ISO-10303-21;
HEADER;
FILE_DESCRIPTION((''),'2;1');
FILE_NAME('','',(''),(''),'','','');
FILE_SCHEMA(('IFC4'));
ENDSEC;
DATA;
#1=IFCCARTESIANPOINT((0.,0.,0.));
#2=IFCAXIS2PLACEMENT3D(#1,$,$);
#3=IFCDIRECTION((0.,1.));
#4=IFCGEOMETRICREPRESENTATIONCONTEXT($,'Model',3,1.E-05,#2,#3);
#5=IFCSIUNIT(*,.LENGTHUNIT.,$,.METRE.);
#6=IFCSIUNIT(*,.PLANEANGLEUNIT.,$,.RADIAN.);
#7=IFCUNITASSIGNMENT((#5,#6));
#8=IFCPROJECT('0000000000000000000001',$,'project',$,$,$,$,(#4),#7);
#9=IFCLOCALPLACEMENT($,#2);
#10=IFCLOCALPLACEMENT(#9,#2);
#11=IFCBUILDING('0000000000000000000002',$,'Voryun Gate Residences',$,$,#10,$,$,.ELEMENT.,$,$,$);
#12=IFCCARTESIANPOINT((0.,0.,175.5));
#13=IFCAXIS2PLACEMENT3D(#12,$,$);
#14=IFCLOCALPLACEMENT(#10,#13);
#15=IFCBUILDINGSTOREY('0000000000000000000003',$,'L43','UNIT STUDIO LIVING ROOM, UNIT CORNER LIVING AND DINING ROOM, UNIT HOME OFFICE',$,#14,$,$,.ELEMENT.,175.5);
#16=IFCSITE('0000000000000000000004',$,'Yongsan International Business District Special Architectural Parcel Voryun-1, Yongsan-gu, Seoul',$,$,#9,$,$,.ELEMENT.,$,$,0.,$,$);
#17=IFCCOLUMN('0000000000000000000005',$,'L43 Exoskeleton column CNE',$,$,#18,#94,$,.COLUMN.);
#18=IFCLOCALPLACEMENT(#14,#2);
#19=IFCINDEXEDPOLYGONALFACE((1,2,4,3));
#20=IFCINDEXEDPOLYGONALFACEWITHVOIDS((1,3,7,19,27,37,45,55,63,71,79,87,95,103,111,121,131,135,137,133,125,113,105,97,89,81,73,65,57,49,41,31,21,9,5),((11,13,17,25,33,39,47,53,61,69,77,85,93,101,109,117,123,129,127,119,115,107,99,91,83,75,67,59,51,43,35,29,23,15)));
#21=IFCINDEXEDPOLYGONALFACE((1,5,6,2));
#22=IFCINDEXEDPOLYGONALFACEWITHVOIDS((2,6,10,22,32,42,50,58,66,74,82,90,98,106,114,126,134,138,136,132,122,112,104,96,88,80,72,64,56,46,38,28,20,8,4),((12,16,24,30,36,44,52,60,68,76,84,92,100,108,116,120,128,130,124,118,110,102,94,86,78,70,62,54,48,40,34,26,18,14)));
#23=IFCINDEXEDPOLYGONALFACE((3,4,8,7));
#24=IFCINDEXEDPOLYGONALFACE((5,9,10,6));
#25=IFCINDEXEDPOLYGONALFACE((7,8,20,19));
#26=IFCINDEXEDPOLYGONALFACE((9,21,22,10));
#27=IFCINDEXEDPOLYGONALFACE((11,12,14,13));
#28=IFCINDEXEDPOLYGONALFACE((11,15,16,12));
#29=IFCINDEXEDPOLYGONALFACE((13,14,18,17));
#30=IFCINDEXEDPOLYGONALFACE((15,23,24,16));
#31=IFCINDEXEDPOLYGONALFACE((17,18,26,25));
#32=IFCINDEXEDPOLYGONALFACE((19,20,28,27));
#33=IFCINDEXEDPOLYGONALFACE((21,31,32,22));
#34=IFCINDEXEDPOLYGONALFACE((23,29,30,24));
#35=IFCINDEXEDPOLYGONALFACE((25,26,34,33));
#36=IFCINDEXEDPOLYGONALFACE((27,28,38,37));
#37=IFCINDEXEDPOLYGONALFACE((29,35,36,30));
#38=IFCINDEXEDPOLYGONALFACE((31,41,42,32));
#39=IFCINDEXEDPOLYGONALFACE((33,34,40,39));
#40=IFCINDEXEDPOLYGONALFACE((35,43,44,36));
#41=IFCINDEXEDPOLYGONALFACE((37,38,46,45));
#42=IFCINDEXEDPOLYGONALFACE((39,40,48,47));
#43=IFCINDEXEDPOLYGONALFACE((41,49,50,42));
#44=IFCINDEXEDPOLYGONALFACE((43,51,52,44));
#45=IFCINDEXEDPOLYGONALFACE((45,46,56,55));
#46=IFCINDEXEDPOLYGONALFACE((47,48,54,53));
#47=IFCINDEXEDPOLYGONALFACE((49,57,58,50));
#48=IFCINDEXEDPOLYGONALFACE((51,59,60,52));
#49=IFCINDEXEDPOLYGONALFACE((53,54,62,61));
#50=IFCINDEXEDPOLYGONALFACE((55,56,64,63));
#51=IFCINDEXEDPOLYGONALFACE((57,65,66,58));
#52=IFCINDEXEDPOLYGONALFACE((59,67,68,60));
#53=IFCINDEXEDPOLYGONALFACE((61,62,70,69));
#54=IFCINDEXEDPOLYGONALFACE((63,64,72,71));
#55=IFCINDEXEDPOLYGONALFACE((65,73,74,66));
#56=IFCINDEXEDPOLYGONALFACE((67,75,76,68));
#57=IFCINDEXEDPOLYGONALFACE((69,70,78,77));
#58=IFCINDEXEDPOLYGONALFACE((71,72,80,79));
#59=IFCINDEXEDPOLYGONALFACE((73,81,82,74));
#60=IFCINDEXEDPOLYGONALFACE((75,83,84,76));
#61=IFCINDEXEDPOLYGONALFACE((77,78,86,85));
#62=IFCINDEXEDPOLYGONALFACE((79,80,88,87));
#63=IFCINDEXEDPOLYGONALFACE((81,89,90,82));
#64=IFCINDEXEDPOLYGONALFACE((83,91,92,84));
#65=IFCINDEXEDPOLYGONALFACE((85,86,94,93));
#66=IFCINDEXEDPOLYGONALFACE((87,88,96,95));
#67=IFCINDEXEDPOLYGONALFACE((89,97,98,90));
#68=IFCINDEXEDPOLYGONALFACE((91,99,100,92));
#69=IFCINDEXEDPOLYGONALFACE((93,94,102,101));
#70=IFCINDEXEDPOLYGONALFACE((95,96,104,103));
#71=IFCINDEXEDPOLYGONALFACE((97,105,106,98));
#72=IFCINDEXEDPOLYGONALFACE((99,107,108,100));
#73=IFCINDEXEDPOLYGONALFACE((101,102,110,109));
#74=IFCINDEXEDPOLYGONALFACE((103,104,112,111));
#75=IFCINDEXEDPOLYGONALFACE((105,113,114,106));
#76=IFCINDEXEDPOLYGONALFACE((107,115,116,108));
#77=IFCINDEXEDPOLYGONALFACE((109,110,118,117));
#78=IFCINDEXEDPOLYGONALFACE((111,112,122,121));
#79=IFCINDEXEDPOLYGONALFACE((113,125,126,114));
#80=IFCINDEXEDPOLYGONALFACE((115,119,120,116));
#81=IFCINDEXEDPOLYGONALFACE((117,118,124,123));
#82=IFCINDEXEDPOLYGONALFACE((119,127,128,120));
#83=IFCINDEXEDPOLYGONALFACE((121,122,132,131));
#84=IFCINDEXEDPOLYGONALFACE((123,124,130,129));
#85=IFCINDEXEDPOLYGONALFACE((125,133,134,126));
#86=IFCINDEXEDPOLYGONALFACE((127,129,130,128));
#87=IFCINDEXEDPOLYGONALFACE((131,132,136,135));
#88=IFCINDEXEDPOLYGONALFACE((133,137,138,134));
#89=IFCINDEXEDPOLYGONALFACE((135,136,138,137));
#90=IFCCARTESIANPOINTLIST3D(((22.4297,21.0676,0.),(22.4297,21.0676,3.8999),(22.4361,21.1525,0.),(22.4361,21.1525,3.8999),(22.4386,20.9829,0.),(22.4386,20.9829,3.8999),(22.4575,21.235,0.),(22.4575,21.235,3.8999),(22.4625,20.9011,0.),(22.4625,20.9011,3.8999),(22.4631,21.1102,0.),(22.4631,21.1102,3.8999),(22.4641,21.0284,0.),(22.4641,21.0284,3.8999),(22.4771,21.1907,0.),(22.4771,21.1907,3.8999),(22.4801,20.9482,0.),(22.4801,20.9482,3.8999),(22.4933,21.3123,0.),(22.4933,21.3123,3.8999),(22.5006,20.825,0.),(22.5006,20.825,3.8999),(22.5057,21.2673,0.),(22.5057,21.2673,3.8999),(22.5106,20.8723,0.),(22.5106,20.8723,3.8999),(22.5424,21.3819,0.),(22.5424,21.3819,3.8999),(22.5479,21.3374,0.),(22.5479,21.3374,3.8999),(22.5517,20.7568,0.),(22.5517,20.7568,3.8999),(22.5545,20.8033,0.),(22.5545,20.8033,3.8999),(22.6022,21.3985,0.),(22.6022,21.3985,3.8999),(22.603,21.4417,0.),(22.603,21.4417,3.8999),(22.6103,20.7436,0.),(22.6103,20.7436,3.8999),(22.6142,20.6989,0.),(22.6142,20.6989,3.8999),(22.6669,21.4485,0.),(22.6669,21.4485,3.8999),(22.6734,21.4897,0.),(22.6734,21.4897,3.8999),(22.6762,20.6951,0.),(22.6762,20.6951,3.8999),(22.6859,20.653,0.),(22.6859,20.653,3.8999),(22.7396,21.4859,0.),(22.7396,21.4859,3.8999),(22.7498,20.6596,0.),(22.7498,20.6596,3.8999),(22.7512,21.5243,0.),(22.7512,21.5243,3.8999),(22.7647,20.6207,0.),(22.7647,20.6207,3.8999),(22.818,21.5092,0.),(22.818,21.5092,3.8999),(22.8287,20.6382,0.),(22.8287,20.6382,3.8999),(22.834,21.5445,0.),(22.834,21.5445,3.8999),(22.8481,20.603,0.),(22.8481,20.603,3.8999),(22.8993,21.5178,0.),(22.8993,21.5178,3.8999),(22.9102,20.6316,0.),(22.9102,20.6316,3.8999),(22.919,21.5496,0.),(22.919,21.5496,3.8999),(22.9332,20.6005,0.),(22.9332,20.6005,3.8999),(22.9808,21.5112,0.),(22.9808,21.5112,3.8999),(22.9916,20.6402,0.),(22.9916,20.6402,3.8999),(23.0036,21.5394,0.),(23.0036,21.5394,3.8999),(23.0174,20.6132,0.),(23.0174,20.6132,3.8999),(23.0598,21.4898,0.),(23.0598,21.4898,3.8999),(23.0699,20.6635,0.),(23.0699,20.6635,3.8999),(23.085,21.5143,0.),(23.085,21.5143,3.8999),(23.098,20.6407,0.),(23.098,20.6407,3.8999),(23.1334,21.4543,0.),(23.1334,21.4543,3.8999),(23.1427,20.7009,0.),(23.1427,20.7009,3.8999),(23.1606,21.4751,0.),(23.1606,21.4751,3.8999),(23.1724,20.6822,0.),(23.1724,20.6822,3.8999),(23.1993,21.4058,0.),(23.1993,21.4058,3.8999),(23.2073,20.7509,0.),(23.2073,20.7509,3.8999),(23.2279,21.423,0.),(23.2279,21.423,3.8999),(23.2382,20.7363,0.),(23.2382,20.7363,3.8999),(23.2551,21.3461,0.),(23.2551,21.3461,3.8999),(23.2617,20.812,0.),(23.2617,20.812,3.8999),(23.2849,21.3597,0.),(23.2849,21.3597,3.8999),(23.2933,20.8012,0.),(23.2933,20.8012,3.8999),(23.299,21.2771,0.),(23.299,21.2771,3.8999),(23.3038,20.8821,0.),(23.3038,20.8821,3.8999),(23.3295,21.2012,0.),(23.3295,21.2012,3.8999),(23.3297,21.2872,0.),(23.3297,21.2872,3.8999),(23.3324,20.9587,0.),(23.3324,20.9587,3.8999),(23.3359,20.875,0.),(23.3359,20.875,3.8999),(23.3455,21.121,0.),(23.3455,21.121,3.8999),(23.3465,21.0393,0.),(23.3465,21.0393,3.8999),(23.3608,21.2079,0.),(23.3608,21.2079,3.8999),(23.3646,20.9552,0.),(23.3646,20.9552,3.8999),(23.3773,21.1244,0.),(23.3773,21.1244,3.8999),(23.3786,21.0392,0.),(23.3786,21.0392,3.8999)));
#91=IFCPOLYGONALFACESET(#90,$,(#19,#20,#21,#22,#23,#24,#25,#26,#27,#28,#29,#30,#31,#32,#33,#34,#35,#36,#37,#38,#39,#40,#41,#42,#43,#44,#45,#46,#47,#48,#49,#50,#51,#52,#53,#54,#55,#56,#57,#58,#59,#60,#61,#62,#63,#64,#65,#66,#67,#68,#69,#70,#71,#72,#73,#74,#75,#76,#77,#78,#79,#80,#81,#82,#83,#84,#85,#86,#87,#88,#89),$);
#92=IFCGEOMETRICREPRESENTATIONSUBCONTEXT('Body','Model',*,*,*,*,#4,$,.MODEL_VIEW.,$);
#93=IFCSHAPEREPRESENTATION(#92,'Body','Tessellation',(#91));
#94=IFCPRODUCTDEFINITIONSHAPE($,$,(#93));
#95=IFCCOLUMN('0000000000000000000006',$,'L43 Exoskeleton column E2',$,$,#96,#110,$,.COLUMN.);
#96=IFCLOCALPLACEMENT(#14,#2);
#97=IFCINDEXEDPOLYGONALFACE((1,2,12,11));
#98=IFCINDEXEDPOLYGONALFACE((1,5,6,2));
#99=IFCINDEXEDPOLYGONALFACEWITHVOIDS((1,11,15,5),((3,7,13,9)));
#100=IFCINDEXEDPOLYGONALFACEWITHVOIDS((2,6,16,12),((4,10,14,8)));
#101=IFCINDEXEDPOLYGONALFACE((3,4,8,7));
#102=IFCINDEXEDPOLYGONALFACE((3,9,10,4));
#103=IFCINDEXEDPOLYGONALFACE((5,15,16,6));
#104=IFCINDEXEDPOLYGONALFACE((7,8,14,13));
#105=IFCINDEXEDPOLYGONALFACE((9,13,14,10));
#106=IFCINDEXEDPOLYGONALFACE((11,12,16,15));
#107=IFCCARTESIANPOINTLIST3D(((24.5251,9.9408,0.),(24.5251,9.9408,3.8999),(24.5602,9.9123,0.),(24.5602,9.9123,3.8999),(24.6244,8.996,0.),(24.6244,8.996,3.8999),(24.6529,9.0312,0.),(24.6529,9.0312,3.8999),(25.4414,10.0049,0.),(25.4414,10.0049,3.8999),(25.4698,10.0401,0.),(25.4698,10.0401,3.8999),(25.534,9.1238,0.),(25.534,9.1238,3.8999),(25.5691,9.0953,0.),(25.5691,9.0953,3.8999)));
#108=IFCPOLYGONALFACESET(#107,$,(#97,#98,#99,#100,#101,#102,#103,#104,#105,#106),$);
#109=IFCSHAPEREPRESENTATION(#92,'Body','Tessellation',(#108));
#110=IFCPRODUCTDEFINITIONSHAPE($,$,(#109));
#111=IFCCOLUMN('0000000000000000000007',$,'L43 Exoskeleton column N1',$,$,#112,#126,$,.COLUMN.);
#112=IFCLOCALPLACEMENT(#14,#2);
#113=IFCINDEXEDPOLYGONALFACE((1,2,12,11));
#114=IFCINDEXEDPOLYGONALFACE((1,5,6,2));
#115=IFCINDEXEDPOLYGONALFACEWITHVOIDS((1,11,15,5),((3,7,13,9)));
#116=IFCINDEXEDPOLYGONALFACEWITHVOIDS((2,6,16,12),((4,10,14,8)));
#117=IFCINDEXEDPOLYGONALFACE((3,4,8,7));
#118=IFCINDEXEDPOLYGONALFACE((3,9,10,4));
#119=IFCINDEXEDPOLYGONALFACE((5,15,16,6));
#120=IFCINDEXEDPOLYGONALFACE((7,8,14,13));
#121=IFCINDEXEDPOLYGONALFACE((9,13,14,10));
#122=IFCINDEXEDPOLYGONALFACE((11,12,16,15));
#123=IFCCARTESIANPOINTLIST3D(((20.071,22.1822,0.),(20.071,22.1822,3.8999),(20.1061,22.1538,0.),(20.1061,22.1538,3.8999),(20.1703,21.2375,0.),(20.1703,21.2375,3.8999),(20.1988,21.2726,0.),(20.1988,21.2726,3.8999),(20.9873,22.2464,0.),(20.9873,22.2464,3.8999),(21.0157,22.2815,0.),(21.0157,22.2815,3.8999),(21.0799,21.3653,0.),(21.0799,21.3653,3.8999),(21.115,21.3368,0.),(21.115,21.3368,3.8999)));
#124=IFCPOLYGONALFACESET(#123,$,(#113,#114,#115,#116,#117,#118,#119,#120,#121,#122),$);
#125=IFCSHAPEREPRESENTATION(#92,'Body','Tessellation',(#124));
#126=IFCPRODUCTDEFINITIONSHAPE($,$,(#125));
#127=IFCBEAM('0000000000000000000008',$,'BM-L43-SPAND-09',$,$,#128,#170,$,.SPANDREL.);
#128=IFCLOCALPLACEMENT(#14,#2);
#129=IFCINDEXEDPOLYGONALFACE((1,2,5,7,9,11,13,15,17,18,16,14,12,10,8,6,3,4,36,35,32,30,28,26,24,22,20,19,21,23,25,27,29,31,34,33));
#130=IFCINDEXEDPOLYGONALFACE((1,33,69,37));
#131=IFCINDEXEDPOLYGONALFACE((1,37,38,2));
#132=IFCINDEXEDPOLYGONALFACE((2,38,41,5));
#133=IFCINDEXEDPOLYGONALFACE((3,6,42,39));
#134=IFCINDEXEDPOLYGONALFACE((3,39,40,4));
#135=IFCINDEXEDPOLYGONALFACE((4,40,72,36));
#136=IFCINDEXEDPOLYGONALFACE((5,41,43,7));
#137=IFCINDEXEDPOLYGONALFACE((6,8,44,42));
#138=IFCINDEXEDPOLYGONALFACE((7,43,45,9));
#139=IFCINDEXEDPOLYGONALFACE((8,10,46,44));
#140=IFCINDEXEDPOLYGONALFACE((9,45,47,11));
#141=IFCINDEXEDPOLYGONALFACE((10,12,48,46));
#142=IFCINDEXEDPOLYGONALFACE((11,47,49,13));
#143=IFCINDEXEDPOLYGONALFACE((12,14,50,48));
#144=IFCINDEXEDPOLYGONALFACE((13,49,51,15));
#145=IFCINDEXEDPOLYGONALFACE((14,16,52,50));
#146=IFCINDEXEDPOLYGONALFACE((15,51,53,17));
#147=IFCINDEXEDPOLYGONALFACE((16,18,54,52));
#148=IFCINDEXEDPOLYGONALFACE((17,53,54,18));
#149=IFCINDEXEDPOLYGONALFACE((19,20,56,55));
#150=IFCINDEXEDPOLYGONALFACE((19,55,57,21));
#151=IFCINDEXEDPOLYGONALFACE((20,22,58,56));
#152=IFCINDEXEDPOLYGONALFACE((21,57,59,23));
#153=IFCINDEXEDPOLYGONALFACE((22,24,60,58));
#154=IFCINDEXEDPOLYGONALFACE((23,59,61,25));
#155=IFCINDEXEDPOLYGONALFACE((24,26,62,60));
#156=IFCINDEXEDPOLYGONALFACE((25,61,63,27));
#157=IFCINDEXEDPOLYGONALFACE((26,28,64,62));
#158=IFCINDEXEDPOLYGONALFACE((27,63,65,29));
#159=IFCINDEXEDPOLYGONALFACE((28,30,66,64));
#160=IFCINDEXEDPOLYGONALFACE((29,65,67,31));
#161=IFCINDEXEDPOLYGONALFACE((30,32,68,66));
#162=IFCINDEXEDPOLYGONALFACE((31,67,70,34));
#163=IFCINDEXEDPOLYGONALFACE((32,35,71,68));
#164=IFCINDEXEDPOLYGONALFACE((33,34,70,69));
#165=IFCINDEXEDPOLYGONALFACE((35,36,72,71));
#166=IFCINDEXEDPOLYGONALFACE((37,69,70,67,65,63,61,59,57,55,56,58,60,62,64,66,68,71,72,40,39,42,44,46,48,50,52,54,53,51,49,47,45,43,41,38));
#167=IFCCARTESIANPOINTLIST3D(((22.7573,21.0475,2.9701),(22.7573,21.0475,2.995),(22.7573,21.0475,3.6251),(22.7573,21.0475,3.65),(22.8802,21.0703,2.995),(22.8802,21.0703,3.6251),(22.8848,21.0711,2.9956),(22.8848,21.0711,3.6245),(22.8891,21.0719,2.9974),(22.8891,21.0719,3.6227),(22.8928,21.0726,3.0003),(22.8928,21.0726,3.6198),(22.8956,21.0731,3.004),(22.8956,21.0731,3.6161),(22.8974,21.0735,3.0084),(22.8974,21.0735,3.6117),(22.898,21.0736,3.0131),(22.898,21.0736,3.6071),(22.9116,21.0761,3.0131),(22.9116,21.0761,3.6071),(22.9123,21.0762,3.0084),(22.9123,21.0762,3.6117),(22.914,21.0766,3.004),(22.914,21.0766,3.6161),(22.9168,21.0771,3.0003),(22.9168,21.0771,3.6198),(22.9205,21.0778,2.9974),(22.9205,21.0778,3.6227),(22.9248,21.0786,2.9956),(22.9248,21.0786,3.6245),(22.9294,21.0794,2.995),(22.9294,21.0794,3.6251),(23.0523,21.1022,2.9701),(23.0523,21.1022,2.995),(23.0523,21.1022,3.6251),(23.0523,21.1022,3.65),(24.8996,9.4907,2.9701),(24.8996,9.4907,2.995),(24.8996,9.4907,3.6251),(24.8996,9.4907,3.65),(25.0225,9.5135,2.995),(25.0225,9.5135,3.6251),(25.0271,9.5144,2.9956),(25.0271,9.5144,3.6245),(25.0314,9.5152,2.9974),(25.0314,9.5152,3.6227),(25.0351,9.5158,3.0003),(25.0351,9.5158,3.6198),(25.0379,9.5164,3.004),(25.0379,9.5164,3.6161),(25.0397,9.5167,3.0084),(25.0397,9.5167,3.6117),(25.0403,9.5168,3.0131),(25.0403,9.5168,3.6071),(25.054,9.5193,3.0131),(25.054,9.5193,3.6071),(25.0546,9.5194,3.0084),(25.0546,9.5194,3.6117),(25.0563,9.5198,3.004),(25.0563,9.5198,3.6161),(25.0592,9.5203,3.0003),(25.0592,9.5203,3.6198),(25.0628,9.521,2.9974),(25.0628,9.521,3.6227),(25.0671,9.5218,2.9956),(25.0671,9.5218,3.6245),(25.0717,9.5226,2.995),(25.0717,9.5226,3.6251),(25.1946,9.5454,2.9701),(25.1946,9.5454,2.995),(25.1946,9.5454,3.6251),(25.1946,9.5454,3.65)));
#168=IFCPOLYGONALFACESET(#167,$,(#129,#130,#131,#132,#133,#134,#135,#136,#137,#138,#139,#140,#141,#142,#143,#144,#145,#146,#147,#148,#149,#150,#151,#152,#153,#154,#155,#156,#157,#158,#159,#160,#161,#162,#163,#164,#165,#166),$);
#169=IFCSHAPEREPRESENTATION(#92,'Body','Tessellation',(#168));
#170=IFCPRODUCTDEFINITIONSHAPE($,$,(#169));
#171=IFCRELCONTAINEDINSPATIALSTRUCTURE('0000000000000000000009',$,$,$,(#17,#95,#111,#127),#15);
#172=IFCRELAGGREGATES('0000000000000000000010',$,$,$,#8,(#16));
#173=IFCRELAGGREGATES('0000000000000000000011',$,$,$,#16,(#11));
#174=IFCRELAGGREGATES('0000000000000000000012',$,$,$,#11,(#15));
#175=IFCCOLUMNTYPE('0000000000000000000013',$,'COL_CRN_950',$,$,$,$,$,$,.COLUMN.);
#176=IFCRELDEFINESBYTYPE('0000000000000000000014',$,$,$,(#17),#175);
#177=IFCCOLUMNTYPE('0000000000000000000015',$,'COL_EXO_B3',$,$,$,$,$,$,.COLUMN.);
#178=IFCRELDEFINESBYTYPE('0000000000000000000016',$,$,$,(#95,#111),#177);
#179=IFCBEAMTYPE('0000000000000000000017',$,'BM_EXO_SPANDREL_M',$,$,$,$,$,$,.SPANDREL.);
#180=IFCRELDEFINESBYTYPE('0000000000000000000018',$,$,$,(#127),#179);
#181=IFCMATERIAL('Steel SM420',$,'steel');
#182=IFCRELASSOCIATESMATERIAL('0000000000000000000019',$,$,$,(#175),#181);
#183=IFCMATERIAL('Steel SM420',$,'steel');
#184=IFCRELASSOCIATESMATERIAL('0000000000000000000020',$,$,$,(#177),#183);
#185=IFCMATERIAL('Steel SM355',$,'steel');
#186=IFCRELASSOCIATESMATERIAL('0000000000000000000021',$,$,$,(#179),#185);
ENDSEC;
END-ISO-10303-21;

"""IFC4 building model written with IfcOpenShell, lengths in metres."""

from ifc_helpers import new_model, si_unit, direction, frame, origin, origin_2d, place, context, subcontext, project, spatial, hollow_rectangle, hollow_circle, i_section, extrude, material, material_profile, profile_set, type_object, element, save


model = new_model("IFC4")

# Units and contexts
model_context = context("Model", 3, precision=1e-05, world=origin(), true_north=direction((0.0, 1.0)))
body_context = subcontext(model_context, "Body", "Model", "MODEL_VIEW")
ifc_project = project(units=[si_unit("LENGTHUNIT", "METRE"), si_unit("PLANEANGLEUNIT", "RADIAN")], contexts=[model_context])

# Site, building, storey
site_placement = place(None, origin())
site = spatial("IfcSite", under=ifc_project, at=site_placement, Name="Yongsan International Business District Special Architectural Parcel Voryun-1, Yongsan-gu, Seoul", CompositionType="ELEMENT", RefElevation=0.0)
building_placement = place(site_placement, origin())
building = spatial("IfcBuilding", under=site, at=building_placement, Name="Voryun Gate Residences", CompositionType="ELEMENT")
storey_placement = place(building_placement, frame((0.0, 0.0, 175.5)))
storey = spatial("IfcBuildingStorey", under=building, at=storey_placement, Name="L43", Description="UNIT STUDIO LIVING ROOM, UNIT CORNER LIVING AND DINING ROOM, UNIT HOME OFFICE", CompositionType="ELEMENT", Elevation=175.5)

# Columns
ifc_material_1 = material(Name="Steel SM420", Category="steel")
ifc_material_profile_1 = material_profile(ifc_material_1, hollow_circle(Radius=0.4751, WallThickness=0.032, at=origin_2d()), Name="CHS-950x32")
ifc_profile_set_1 = profile_set([ifc_material_profile_1], Name="Steel SM420")
column_type_1 = type_object("IfcColumnType", Name="COL_CRN_950", PredefinedType="COLUMN", material=ifc_profile_set_1)
column_placement = place(storey_placement, frame((22.9048, 21.0747, 0.0), z_axis=(0.0, 0.0, 1.0), x_axis=(0.994522, 0.104528, 0.0)))
element("IfcColumn", 1, at=column_placement, inside=storey, type_object=column_type_1, Name="L43 Exoskeleton column CNE", PredefinedType="COLUMN", context=body_context, shape_type="SweptSolid", body=[
    extrude(hollow_circle(Radius=0.4751, WallThickness=0.032, at=origin_2d()), origin(), (0.0, 0.0, 1.0), 3.8999),
])
ifc_material_2 = material(Name="Steel SM420", Category="steel")
ifc_material_profile_2 = material_profile(ifc_material_2, hollow_rectangle(XDim=0.95, YDim=0.95, WallThickness=0.032, at=origin_2d()), Name="BOX-950x950x32")
ifc_profile_set_2 = profile_set([ifc_material_profile_2], Name="Steel SM420")
column_type_2 = type_object("IfcColumnType", Name="COL_EXO_B3", PredefinedType="COLUMN", material=ifc_profile_set_2)
for number, where, z_axis, x_axis, name in (
    (2, (25.0471, 9.5181, 0.0), (0.0, 0.0, 1.0), (0.994522, 0.104528, 0.0), "L43 Exoskeleton column E2"),
    (3, (20.593, 21.7595, 0.0), (0.0, 0.0, 1.0), (0.994522, 0.104528, 0.0), "L43 Exoskeleton column N1"),
):
    element("IfcColumn", number, at=place(storey_placement, frame(where, z_axis=z_axis, x_axis=x_axis)), inside=storey, type_object=column_type_2, Name=name, PredefinedType="COLUMN", context=body_context, shape_type="SweptSolid", body=[
        extrude(hollow_rectangle(XDim=0.95, YDim=0.95, WallThickness=0.032, at=origin_2d()), origin(), (0.0, 0.0, 1.0), 3.8999),
    ])

# Beam
ifc_material_3 = material(Name="Steel SM355", Category="steel")
ifc_material_profile_3 = material_profile(ifc_material_3, i_section(OverallWidth=0.3, OverallDepth=0.6799, WebThickness=0.0139, FlangeThickness=0.0249, FilletRadius=0.0181, at=origin_2d()), Name="H-680x300x14x25")
ifc_profile_set_3 = profile_set([ifc_material_profile_3], Name="Steel SM355")
beam_type_1 = type_object("IfcBeamType", Name="BM_EXO_SPANDREL_M", PredefinedType="SPANDREL", material=ifc_profile_set_3)
beam_1_placement = place(storey_placement, frame((25.0471, 9.5181, 3.3101), z_axis=(-0.182268, 0.983249, 0.0), x_axis=(-0.983249, -0.182268, 0.0)))
element("IfcBeam", 4, at=beam_1_placement, inside=storey, type_object=beam_type_1, Name="BM-L43-SPAND-09", PredefinedType="SPANDREL", context=body_context, shape_type="SweptSolid", body=[
    extrude(i_section(OverallWidth=0.3, OverallDepth=0.6799, WebThickness=0.0139, FlangeThickness=0.0249, FilletRadius=0.0181, at=origin_2d()), origin(), (0.0, 0.0, 1.0), 11.7537),
])

save(model, "model.ifc")
